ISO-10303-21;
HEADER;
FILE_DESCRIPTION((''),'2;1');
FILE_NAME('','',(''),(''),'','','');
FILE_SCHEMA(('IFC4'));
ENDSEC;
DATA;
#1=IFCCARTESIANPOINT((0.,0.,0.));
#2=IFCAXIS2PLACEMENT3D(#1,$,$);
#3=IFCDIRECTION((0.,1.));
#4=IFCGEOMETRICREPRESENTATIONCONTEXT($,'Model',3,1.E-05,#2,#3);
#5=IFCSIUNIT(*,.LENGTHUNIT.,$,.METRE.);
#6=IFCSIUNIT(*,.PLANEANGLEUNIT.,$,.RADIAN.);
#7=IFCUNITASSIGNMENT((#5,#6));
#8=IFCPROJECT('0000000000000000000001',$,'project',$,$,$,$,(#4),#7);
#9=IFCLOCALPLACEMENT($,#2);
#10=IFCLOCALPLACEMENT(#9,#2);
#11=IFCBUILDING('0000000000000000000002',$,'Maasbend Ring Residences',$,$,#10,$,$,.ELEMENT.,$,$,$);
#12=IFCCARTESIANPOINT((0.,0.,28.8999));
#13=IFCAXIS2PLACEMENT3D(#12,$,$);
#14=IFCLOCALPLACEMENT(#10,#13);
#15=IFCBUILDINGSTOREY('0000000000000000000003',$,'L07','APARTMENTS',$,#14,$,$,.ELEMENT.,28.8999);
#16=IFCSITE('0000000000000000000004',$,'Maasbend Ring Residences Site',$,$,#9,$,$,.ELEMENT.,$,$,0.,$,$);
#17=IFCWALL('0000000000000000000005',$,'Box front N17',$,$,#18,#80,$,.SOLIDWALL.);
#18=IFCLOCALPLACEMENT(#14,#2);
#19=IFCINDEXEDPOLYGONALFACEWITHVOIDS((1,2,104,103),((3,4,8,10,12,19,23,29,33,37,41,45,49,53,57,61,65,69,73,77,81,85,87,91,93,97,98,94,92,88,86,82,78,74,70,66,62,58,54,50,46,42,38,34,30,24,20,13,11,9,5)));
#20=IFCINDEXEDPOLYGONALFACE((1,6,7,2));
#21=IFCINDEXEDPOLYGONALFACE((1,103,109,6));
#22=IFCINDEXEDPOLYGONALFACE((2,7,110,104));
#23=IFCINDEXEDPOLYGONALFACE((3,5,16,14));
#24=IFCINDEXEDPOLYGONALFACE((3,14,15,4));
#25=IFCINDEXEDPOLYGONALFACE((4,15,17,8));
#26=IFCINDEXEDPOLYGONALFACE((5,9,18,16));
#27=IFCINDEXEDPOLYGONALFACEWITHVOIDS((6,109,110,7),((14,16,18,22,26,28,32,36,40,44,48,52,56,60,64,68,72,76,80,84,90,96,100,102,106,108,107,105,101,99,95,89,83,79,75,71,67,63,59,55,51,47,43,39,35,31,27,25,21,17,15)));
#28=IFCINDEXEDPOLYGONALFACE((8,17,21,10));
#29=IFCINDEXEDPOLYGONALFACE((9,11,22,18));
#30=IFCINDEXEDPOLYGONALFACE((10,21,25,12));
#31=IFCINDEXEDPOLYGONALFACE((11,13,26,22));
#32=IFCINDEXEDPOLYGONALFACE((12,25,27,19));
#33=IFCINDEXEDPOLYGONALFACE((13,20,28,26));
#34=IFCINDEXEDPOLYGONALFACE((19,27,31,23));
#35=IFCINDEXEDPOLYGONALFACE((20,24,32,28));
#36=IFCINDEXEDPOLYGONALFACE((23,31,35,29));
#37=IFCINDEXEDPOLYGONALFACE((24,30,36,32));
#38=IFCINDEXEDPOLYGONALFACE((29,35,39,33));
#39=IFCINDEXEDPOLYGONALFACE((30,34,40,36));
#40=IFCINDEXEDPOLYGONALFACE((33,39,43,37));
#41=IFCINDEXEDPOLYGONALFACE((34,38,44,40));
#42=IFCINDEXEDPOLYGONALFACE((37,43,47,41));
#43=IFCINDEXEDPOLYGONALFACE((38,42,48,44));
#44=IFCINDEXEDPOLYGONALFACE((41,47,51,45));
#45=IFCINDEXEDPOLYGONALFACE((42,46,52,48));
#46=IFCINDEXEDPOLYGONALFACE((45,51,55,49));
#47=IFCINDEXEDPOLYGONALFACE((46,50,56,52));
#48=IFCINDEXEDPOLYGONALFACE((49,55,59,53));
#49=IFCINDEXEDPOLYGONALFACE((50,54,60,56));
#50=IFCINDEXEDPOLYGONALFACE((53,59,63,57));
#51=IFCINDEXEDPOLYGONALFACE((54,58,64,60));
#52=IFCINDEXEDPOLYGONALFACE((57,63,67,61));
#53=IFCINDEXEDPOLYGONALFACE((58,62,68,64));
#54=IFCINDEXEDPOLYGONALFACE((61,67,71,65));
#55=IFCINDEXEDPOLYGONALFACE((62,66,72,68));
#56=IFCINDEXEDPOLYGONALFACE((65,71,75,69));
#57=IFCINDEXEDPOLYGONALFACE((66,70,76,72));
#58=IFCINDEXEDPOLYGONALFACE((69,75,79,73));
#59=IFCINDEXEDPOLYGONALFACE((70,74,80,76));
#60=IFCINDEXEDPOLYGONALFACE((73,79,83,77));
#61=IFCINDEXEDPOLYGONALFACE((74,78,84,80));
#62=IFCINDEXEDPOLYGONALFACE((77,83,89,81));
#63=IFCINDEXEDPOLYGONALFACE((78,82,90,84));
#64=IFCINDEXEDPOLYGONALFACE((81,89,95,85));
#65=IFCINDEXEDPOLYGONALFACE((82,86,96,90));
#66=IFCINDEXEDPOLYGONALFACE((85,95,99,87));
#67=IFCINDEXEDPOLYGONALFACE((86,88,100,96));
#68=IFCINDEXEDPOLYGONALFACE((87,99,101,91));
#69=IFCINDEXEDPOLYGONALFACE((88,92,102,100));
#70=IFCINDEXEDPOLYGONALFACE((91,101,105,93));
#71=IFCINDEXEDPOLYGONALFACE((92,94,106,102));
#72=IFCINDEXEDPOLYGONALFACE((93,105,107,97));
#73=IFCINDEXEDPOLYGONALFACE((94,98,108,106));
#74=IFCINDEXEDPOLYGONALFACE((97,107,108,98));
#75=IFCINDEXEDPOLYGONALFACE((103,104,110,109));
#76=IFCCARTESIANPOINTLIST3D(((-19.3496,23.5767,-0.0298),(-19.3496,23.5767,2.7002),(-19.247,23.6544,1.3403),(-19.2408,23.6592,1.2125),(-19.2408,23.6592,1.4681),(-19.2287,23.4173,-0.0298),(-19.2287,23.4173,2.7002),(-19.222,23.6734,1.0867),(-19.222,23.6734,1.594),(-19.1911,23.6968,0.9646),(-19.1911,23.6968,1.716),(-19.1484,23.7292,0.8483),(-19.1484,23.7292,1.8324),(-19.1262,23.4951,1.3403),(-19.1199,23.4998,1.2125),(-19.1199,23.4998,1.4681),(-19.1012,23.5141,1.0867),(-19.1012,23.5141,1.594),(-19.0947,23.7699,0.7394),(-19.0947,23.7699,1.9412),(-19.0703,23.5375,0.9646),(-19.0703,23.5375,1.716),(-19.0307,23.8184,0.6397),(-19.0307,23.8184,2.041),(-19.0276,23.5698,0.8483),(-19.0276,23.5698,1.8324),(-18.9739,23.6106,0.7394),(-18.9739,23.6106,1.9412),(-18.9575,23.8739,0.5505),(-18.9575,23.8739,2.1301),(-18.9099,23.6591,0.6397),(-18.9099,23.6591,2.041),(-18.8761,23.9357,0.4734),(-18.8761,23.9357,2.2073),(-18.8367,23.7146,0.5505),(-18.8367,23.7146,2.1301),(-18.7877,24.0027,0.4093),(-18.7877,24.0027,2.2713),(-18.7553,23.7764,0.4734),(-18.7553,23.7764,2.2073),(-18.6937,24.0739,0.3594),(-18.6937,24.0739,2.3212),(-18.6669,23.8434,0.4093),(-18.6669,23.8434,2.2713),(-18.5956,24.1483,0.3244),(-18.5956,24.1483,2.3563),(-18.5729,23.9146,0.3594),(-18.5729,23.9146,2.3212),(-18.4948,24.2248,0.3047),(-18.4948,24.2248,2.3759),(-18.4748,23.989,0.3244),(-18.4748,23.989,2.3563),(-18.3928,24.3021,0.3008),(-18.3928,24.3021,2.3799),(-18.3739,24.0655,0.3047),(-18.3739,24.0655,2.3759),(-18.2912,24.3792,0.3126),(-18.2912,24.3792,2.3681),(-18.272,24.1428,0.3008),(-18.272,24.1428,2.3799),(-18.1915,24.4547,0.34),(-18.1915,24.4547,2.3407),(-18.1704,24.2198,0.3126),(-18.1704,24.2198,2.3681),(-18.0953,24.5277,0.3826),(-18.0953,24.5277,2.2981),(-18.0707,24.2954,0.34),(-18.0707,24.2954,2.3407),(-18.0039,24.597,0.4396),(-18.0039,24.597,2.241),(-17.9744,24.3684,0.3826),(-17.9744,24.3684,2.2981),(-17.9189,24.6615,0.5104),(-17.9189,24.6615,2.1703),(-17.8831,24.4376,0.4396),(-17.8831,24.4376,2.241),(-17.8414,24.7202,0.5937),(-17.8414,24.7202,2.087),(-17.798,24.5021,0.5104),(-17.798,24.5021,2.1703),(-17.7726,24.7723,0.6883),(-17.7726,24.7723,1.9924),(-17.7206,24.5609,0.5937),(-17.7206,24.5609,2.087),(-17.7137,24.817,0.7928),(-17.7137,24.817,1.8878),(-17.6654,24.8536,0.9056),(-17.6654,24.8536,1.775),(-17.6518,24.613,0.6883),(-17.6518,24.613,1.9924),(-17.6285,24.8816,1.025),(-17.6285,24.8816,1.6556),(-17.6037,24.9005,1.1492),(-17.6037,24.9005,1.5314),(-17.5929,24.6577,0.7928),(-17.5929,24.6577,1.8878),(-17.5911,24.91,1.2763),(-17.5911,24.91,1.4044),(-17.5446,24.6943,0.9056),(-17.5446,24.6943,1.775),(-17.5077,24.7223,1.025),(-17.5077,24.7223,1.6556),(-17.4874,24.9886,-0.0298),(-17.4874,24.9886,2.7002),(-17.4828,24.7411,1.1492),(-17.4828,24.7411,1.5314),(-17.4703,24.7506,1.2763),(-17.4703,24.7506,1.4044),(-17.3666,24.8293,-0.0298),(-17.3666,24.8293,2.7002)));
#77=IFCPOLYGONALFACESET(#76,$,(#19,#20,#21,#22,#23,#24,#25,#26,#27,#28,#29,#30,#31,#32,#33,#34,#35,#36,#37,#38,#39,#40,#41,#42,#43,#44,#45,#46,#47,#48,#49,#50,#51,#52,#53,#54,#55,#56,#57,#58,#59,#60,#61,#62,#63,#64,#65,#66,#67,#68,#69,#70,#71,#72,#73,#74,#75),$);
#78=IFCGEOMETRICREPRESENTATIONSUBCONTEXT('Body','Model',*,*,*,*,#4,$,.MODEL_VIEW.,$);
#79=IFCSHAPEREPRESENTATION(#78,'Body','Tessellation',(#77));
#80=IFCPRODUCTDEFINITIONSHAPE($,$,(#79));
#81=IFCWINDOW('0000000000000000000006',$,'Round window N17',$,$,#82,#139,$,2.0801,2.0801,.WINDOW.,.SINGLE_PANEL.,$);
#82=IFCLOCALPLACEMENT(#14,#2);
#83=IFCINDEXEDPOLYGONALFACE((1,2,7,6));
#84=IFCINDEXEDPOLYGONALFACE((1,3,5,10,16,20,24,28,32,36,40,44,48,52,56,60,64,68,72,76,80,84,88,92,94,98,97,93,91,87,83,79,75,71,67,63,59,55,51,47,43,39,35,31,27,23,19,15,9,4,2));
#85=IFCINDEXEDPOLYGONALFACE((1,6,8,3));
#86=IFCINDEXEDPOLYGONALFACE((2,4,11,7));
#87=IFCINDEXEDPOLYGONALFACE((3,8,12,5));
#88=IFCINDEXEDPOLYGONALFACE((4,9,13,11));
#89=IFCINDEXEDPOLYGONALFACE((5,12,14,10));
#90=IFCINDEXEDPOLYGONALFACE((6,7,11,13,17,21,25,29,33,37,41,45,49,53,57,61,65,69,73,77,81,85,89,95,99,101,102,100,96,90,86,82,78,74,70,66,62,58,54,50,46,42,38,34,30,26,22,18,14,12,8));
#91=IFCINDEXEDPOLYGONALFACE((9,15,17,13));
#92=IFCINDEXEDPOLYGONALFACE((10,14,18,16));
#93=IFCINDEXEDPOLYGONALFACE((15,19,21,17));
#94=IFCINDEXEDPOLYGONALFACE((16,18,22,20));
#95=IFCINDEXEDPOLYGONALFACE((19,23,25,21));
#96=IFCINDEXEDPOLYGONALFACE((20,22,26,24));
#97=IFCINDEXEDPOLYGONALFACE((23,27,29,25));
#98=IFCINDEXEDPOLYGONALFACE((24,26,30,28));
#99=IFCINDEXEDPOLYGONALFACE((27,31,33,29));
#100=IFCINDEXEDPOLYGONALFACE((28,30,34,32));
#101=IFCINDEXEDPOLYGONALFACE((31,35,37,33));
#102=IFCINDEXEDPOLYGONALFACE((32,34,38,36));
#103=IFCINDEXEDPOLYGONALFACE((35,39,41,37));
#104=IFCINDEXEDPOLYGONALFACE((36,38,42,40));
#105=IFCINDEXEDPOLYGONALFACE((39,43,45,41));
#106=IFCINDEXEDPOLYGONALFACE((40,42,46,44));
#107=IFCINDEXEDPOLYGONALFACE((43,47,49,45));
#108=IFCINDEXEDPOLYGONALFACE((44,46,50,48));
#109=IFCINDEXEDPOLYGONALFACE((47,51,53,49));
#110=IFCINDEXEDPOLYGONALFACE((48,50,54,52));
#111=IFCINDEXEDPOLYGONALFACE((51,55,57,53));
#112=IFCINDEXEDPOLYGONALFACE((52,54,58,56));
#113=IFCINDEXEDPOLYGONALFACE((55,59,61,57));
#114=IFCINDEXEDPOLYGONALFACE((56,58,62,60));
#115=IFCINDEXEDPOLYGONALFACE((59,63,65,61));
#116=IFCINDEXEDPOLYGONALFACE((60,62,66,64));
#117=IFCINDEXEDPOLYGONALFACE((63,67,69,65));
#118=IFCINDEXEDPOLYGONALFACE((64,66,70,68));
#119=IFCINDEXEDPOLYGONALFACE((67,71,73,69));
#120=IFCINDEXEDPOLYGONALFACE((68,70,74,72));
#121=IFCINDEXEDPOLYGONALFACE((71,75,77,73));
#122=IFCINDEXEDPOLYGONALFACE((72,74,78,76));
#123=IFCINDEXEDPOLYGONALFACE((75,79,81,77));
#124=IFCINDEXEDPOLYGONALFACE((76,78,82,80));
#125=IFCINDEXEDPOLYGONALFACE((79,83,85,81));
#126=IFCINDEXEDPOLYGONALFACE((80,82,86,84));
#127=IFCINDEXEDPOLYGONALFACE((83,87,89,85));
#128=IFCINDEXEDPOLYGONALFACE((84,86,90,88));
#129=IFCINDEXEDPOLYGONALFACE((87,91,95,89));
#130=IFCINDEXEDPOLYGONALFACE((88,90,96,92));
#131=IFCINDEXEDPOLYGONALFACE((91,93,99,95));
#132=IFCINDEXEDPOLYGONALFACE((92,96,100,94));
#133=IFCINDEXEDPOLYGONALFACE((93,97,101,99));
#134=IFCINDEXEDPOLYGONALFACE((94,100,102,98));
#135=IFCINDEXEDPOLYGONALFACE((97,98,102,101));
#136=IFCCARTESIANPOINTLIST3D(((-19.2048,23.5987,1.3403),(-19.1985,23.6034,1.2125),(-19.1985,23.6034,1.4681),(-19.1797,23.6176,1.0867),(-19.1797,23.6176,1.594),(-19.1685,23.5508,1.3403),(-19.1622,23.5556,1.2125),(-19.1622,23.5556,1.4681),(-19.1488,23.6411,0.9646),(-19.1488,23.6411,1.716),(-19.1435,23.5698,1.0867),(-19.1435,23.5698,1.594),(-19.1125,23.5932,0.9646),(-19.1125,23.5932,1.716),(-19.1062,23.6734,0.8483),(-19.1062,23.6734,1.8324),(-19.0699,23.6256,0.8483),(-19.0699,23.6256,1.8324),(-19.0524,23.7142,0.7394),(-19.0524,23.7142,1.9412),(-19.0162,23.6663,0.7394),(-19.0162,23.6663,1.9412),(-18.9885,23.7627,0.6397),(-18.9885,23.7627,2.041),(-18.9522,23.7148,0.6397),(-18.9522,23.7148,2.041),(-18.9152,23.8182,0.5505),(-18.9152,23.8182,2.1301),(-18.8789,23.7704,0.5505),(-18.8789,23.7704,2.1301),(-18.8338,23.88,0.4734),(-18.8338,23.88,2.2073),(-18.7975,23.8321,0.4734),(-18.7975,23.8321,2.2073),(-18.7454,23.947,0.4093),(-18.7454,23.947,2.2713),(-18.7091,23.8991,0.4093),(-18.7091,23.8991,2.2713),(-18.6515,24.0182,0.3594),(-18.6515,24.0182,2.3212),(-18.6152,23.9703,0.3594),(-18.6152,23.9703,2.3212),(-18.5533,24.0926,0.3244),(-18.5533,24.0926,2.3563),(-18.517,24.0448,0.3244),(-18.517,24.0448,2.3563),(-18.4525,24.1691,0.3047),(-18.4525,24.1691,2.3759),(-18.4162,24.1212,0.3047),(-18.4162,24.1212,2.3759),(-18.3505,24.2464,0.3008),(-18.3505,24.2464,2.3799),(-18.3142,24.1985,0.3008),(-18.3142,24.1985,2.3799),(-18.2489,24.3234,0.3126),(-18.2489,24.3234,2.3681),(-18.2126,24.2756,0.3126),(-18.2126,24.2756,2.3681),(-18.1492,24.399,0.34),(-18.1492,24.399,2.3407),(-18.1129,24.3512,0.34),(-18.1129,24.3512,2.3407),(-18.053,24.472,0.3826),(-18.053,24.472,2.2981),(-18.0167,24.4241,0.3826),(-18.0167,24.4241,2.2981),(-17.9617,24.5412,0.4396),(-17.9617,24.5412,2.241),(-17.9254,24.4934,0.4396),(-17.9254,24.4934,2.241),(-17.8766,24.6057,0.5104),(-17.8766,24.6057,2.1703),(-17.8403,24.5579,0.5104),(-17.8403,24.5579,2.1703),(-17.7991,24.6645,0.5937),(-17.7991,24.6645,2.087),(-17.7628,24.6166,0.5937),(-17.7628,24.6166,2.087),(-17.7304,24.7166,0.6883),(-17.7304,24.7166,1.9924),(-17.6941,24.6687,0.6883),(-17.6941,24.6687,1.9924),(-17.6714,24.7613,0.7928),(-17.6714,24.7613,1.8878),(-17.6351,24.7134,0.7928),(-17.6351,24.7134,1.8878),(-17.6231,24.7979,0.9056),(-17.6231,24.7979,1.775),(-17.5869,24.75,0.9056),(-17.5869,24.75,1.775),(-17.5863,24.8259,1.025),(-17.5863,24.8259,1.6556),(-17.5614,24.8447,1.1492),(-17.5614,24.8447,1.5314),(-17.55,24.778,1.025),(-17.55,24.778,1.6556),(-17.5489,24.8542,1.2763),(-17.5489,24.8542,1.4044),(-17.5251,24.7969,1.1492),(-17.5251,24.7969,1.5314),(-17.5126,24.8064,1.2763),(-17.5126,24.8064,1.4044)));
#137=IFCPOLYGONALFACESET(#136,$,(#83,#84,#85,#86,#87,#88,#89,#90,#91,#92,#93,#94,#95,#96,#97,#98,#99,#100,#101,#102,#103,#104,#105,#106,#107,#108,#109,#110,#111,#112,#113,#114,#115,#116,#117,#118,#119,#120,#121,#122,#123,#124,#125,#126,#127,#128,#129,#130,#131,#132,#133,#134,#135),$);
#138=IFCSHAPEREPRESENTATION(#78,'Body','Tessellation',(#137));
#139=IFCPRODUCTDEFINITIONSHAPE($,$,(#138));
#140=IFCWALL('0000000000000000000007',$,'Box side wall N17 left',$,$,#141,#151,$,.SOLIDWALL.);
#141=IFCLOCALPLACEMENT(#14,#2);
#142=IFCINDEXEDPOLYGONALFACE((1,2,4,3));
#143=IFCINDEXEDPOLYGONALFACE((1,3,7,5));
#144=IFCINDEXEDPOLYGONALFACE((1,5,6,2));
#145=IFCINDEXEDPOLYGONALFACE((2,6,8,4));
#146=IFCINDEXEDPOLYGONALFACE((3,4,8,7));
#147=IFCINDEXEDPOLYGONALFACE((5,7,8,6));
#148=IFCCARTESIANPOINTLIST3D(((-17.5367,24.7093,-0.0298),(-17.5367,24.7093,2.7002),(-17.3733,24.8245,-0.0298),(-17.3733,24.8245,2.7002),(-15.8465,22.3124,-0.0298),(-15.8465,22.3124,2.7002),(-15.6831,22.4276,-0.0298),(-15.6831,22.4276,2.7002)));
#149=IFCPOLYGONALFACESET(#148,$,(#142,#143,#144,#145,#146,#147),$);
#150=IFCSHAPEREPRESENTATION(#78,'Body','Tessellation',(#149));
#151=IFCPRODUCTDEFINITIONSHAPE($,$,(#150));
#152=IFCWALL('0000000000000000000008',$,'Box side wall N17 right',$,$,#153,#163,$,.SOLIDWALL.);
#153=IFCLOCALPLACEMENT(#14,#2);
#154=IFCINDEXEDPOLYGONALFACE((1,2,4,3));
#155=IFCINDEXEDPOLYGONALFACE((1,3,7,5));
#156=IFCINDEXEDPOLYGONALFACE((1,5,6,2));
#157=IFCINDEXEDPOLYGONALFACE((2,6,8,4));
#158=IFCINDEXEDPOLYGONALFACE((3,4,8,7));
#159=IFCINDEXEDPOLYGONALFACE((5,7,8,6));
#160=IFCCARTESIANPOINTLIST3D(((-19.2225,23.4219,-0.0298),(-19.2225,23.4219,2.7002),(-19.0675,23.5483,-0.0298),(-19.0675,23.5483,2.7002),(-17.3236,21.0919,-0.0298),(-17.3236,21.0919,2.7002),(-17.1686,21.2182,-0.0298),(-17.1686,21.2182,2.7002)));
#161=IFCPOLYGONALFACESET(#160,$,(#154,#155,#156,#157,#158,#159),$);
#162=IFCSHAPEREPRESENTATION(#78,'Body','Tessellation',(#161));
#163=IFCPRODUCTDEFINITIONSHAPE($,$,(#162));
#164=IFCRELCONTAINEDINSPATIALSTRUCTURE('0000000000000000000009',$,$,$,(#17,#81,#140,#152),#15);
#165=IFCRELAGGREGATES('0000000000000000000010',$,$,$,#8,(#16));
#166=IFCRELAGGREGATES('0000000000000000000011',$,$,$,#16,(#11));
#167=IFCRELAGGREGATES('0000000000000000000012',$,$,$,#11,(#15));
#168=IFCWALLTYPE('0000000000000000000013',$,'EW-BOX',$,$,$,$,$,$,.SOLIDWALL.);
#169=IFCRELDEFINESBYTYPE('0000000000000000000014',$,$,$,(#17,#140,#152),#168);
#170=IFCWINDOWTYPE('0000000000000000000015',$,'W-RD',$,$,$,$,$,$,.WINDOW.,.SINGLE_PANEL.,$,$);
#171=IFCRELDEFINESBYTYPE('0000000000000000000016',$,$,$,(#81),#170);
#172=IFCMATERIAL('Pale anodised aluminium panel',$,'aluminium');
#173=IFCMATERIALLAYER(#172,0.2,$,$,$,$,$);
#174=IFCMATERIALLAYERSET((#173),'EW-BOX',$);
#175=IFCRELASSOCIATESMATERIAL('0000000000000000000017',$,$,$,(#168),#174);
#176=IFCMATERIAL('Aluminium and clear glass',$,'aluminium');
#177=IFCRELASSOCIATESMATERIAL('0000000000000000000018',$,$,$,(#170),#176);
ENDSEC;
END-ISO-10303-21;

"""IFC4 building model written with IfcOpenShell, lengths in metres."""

from ifc_helpers import new_model, si_unit, direction, frame, frame_2d, origin, place, context, subcontext, project, spatial, rectangle, circle, extrude, material, layer, layer_set, type_object, element, fill, save


model = new_model("IFC4")

# Units and contexts
model_context = context("Model", 3, precision=1e-05, world=origin(), true_north=direction((0.0, 1.0)))
body_context = subcontext(model_context, "Body", "Model", "MODEL_VIEW")
ifc_project = project(units=[si_unit("LENGTHUNIT", "METRE"), si_unit("PLANEANGLEUNIT", "RADIAN")], contexts=[model_context])

# Site, building, storey
site_placement = place(None, origin())
site = spatial("IfcSite", under=ifc_project, at=site_placement, Name="Maasbend Ring Residences Site", CompositionType="ELEMENT", RefElevation=0.0)
building_placement = place(site_placement, origin())
building = spatial("IfcBuilding", under=site, at=building_placement, Name="Maasbend Ring Residences", CompositionType="ELEMENT")
storey_placement = place(building_placement, frame((0.0, 0.0, 28.8999)))
storey = spatial("IfcBuildingStorey", under=building, at=storey_placement, Name="L07", Description="APARTMENTS", CompositionType="ELEMENT", Elevation=28.8999)

# Shared definitions
ifc_material_1 = material(Name="Pale anodised aluminium panel", Category="aluminium")
ifc_layer_1 = layer(ifc_material_1, 0.2)
ifc_layer_set_1 = layer_set([ifc_layer_1], Name="EW-BOX")
wall_type_1 = type_object("IfcWallType", Name="EW-BOX", PredefinedType="SOLIDWALL", material=ifc_layer_set_1)
ifc_material_2 = material(Name="Aluminium and clear glass", Category="aluminium")
window_type_1 = type_object("IfcWindowType", Name="W-RD", PartitioningType="SINGLE_PANEL", PredefinedType="WINDOW", material=ifc_material_2)

# Wall, opening, window
wall_1_placement = place(storey_placement, frame((-17.427, 24.9089, -0.0298), z_axis=(0.0, 0.0, 1.0), x_axis=(-0.796842, -0.604188, 0.0)))
wall_1 = element("IfcWall", 1, at=wall_1_placement, inside=storey, type_object=wall_type_1, Name="Box front N17", PredefinedType="SOLIDWALL", context=body_context, shape_type="SweptSolid", body=[
    extrude(rectangle(XDim=2.3369, YDim=0.2, at=frame_2d((1.1685, 0.0))), origin(), (0.0, 0.0, 1.0), 2.73),
])
opening_1_placement = place(wall_1_placement, frame((0.1282, 0.0, 0.3301)))
opening_1 = element("IfcOpeningElement", 2, at=opening_1_placement, cuts=wall_1, PredefinedType="OPENING", context=body_context, shape_type="SweptSolid", body=[
    extrude(circle(Radius=1.04, at=frame_2d((1.04, 1.04))), frame((0.0, 0.1099, 0.0), z_axis=(0.0, -1.0, 0.0), x_axis=(1.0, 0.0, 0.0)), (0.0, 0.0, 1.0), 0.22),
])
window_1_placement = place(opening_1_placement, origin())
window_1 = element("IfcWindow", 3, at=window_1_placement, inside=storey, type_object=window_type_1, Name="Round window N17", OverallHeight=2.0801, OverallWidth=2.0801, PartitioningType="SINGLE_PANEL", PredefinedType="WINDOW", context=body_context, shape_type="SweptSolid", body=[
    extrude(circle(Radius=1.04, at=frame_2d((1.04, 1.04))), frame((0.0, 0.03, 0.0), z_axis=(0.0, -1.0, 0.0), x_axis=(1.0, 0.0, 0.0)), (0.0, 0.0, 1.0), 0.0601),
])
fill(opening_1, window_1)

# Walls
wall_2_placement = place(storey_placement, frame((-15.7649, 22.3701, -0.0298), z_axis=(0.0, 0.0, 1.0), x_axis=(-0.576275, 0.817256, 0.0)))
element("IfcWall", 4, at=wall_2_placement, inside=storey, type_object=wall_type_1, Name="Box side wall N17 left", PredefinedType="SOLIDWALL", context=body_context, shape_type="SweptSolid", body=[
    extrude(rectangle(XDim=2.9329, YDim=0.2, at=frame_2d((1.4663, 0.0))), origin(), (0.0, 0.0, 1.0), 2.73),
])
wall_3_placement = place(storey_placement, frame((-17.2461, 21.155, -0.0298), z_axis=(0.0, 0.0, 1.0), x_axis=(-0.631742, 0.775179, 0.0)))
element("IfcWall", 5, at=wall_3_placement, inside=storey, type_object=wall_type_1, Name="Box side wall N17 right", PredefinedType="SOLIDWALL", context=body_context, shape_type="SweptSolid", body=[
    extrude(rectangle(XDim=3.0059, YDim=0.2, at=frame_2d((1.5029, 0.0))), origin(), (0.0, 0.0, 1.0), 2.73),
])

save(model, "model.ifc")
